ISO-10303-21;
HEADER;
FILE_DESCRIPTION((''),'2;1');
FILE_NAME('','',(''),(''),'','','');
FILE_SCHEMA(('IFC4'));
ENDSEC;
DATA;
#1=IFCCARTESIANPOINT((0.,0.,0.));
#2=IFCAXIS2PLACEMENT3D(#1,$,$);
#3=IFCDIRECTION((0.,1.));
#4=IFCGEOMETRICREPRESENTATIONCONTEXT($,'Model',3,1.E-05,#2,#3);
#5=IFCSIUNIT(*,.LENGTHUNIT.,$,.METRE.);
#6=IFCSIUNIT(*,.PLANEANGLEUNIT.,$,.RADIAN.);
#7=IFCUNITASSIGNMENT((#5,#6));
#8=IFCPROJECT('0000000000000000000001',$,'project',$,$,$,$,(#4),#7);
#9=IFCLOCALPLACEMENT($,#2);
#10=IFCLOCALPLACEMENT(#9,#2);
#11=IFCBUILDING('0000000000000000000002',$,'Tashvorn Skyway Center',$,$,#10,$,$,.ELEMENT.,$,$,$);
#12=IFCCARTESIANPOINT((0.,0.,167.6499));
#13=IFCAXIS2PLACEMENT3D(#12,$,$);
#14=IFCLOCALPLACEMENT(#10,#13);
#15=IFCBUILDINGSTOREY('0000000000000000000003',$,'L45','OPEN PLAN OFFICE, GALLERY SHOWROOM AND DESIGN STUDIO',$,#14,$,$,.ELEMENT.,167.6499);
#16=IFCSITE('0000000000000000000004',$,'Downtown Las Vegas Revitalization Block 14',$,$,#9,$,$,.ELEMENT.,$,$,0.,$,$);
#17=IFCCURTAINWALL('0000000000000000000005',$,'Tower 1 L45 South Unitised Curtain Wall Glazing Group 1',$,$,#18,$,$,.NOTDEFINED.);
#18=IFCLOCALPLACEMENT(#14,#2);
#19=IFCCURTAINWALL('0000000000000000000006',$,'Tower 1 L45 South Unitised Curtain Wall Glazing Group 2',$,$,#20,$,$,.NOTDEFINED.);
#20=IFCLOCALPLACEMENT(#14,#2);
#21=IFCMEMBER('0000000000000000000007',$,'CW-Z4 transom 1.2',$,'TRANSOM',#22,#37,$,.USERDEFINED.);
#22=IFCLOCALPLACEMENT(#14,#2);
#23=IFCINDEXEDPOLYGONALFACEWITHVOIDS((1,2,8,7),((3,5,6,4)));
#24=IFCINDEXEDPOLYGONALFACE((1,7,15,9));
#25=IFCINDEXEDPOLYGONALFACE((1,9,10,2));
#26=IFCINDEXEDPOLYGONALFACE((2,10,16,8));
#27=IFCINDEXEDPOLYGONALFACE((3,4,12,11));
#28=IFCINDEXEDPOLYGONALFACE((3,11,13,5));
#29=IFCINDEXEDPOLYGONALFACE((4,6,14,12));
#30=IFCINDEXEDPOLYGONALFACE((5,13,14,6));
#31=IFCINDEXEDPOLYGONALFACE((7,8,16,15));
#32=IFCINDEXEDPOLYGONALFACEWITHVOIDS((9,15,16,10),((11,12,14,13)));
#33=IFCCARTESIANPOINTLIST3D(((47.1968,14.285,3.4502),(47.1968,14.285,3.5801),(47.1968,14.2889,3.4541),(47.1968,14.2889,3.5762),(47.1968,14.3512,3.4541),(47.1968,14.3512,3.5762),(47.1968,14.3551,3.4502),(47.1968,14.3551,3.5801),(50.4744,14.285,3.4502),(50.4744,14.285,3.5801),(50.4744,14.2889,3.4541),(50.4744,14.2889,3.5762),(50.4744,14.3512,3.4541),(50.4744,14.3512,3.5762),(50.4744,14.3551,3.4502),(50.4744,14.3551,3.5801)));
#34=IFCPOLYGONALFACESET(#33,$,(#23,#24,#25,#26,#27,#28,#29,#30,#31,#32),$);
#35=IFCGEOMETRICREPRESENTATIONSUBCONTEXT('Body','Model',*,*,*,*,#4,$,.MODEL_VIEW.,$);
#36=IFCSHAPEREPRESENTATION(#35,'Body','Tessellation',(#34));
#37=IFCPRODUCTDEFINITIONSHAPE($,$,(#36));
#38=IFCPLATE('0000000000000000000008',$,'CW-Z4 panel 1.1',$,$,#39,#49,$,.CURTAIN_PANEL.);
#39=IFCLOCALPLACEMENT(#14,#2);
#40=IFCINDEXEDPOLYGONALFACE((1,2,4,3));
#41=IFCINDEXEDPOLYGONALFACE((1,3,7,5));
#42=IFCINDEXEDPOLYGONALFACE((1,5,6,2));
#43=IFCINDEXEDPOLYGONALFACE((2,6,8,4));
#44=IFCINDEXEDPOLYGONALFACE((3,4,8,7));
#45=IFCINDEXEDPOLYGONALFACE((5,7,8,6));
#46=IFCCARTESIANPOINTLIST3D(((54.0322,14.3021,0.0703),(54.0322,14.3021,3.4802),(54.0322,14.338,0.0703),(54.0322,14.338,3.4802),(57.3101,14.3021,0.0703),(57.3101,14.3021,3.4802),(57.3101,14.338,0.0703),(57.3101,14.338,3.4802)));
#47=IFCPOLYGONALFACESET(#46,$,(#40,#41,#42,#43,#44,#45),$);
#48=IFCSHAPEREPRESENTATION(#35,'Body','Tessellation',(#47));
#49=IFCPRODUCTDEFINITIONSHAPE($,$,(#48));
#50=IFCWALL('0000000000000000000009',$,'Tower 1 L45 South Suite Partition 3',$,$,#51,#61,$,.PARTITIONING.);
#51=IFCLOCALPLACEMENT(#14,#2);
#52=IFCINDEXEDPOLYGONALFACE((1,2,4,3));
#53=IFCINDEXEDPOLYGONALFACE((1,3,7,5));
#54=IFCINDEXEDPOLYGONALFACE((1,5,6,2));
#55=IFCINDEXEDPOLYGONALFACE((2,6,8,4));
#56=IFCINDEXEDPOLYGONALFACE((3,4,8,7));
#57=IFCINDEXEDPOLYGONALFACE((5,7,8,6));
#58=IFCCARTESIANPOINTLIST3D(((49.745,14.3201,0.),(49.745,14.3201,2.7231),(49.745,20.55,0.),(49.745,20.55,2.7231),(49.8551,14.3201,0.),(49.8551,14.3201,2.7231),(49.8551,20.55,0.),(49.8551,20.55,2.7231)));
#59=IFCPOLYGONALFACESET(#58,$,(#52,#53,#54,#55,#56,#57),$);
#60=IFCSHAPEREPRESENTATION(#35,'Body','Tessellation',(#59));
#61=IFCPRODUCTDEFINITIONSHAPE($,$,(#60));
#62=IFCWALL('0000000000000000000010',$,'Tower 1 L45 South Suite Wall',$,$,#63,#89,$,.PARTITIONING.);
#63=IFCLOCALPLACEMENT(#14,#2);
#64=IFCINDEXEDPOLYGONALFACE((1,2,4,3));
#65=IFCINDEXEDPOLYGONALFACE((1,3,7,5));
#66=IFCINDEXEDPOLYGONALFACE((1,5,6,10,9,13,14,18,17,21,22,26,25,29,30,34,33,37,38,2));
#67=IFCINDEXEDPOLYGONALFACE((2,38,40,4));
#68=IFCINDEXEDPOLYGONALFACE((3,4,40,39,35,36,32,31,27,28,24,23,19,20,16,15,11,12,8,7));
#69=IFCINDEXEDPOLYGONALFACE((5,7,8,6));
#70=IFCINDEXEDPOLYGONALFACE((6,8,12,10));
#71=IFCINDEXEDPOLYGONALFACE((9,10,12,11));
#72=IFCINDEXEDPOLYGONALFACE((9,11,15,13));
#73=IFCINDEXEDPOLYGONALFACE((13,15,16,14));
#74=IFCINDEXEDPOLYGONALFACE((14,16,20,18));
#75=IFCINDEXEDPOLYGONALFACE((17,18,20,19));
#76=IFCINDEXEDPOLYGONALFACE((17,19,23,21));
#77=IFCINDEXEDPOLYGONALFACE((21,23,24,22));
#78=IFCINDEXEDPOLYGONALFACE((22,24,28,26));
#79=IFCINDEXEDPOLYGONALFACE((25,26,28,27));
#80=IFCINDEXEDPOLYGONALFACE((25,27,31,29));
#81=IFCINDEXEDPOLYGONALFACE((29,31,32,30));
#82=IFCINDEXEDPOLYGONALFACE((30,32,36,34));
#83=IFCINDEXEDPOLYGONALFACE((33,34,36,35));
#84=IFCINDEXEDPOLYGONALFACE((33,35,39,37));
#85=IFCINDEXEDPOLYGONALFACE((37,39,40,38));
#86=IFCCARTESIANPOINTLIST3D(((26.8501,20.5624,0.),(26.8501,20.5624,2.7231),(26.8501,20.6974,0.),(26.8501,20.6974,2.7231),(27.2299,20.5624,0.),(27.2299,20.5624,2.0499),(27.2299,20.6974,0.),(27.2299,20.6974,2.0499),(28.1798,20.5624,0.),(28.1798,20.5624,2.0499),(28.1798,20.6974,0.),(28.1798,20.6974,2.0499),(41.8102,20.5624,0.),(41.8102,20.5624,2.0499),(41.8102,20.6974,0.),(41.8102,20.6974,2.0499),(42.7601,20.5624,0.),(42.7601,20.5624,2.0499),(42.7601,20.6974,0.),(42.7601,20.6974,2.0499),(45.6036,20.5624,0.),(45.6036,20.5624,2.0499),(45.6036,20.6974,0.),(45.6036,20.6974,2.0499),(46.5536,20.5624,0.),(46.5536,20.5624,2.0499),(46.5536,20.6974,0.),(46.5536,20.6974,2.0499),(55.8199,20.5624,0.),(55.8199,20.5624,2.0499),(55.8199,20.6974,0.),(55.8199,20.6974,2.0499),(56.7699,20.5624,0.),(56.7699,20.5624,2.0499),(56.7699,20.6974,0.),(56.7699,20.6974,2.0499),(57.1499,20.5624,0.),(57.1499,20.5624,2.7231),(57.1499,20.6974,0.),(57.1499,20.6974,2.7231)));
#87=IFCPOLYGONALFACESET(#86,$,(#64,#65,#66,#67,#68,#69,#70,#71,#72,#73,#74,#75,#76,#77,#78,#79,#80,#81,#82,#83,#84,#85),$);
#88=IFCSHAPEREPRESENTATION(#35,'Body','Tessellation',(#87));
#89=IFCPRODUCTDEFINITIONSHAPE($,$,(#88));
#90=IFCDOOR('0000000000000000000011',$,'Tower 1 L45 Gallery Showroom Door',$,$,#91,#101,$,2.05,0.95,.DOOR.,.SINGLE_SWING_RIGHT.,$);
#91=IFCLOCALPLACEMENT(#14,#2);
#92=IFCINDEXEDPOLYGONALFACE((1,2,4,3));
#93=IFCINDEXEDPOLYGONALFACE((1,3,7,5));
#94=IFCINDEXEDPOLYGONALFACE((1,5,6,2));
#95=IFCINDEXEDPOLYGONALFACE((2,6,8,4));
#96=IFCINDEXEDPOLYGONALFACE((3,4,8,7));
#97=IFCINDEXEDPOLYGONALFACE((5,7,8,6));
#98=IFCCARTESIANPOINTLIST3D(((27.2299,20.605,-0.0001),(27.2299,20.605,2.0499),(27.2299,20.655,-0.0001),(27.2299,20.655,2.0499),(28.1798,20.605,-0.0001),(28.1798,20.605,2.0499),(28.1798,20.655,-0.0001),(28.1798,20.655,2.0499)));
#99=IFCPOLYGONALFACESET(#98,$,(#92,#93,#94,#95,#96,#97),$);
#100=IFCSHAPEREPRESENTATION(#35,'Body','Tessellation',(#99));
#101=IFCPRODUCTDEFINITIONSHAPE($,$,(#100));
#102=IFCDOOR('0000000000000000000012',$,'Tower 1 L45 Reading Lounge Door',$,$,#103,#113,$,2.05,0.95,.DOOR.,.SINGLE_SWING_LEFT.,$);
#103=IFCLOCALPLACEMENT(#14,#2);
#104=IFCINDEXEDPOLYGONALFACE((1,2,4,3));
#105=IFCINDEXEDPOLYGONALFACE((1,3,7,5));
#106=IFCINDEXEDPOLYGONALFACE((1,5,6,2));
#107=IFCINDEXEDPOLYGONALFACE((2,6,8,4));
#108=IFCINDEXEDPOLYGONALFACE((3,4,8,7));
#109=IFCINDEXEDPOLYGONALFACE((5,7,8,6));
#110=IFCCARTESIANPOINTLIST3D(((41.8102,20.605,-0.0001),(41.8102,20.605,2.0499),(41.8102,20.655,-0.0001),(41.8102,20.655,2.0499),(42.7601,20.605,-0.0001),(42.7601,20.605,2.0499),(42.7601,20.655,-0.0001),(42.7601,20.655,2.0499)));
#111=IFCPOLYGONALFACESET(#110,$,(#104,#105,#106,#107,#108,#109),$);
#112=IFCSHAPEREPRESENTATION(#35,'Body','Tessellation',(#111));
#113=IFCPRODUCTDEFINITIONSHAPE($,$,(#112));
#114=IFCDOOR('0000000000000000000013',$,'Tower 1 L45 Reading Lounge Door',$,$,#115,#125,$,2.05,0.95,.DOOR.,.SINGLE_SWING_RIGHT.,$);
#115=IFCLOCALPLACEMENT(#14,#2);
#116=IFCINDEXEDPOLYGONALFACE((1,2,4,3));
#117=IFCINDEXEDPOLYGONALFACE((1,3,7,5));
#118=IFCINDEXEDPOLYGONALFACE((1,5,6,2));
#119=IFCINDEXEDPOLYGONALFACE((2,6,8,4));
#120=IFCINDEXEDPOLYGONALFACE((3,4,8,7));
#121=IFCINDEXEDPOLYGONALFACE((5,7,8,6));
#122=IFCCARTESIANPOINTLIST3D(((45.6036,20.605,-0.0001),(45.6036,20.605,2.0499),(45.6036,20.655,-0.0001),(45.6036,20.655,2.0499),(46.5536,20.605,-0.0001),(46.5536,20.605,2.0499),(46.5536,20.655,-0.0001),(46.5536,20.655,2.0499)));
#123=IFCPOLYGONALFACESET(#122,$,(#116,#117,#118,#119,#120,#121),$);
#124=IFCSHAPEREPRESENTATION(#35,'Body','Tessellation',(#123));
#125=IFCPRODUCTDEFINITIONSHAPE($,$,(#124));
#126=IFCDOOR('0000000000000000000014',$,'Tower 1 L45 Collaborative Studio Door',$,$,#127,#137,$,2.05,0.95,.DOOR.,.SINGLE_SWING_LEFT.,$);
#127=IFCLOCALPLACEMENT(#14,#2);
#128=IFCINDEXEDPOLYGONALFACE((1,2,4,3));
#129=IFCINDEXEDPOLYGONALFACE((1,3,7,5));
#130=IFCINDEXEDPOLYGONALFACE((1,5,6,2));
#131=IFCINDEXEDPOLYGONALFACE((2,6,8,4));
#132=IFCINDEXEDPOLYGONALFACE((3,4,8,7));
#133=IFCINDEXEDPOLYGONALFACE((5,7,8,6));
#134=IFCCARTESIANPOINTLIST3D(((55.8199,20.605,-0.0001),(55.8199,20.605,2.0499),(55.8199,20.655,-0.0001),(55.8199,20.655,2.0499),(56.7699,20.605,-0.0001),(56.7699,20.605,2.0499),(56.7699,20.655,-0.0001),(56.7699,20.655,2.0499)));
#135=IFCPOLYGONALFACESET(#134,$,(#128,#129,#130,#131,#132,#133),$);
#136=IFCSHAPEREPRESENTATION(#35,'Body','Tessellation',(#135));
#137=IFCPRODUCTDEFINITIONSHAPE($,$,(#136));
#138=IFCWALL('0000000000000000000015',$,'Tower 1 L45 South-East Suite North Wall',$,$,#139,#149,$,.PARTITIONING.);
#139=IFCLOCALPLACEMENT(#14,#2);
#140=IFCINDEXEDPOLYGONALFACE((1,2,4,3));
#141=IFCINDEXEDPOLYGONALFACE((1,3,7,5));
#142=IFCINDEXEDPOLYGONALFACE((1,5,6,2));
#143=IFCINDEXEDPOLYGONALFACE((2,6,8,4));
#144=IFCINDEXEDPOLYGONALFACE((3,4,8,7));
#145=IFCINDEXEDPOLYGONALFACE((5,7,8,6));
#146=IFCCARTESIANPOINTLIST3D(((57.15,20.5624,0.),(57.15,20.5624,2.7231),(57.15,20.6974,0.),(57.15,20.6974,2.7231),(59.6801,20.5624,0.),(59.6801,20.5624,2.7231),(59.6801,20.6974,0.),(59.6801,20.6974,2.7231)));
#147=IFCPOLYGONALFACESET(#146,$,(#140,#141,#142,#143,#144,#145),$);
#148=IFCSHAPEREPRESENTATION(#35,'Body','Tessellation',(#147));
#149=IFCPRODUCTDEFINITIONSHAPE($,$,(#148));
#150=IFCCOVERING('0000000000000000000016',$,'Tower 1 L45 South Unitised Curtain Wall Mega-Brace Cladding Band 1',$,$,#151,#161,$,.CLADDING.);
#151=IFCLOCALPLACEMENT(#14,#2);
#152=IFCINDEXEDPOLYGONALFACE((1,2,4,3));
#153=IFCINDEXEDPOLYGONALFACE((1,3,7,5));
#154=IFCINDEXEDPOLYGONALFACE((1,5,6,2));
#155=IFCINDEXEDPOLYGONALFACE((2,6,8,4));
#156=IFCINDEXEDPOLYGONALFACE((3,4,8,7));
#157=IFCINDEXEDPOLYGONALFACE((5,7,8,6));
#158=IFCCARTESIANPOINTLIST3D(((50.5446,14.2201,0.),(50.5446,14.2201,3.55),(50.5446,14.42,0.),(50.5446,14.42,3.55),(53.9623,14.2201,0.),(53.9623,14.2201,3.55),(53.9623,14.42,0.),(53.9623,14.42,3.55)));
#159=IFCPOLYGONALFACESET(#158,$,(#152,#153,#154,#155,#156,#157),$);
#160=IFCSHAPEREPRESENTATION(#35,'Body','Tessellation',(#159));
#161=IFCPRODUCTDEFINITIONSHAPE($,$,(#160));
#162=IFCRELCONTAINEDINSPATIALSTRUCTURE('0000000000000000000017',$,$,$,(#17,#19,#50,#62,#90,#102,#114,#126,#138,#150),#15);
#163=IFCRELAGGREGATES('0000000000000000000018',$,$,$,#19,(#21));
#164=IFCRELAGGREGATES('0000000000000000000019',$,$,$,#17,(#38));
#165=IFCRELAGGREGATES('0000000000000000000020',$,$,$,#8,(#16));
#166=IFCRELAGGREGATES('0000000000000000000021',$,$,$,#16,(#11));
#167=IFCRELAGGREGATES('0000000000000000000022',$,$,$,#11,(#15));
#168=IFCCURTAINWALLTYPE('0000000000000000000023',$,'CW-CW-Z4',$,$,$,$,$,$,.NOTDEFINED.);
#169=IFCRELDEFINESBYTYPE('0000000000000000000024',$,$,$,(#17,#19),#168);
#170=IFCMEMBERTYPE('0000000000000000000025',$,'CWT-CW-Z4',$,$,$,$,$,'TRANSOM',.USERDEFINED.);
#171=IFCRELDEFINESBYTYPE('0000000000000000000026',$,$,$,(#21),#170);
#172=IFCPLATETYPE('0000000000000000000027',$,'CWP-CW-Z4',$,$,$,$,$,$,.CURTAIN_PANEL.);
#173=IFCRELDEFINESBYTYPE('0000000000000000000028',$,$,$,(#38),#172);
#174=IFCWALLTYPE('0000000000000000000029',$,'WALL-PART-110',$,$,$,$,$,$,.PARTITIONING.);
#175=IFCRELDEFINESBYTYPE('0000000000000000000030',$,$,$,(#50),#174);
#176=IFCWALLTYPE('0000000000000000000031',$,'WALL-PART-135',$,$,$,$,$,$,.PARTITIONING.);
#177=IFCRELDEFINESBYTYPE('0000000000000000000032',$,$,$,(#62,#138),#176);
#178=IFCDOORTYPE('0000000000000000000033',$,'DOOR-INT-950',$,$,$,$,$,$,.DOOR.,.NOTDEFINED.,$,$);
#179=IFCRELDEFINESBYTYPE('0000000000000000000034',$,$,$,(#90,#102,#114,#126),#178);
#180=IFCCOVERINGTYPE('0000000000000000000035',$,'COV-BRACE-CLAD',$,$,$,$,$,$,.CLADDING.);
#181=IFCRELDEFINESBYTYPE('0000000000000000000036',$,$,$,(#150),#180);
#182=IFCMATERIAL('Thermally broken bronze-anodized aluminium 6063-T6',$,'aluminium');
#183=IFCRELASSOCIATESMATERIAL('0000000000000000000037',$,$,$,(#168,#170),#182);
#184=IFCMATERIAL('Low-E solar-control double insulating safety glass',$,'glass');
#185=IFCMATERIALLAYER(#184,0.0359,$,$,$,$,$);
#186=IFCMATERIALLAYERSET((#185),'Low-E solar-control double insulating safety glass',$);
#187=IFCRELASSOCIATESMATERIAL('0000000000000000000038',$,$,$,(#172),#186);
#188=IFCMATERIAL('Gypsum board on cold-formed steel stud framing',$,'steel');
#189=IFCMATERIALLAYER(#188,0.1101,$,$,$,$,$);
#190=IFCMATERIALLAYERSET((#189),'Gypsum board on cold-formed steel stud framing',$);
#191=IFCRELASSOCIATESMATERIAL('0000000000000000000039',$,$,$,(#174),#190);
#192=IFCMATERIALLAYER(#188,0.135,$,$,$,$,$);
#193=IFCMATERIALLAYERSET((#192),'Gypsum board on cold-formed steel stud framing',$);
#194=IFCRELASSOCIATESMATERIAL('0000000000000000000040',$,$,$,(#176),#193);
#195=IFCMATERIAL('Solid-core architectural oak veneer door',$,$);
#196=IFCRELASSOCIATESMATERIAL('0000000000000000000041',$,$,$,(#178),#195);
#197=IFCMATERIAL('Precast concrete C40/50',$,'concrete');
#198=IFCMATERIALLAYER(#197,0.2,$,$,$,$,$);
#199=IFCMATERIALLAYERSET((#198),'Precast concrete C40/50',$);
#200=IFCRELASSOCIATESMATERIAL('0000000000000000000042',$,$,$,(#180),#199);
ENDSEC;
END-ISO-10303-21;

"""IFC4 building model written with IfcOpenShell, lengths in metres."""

from ifc_helpers import new_model, si_unit, direction, frame, frame_2d, origin, origin_2d, place, context, subcontext, project, spatial, rectangle, hollow_rectangle, extrude, material, layer, layer_set, material_profile, profile_set, type_object, element, fill, aggregate, save


model = new_model("IFC4")

# Units and contexts
model_context = context("Model", 3, precision=1e-05, world=origin(), true_north=direction((0.0, 1.0)))
body_context = subcontext(model_context, "Body", "Model", "MODEL_VIEW")
ifc_project = project(units=[si_unit("LENGTHUNIT", "METRE"), si_unit("PLANEANGLEUNIT", "RADIAN")], contexts=[model_context])

# Site, building, storey
site_placement = place(None, origin())
site = spatial("IfcSite", under=ifc_project, at=site_placement, Name="Downtown Las Vegas Revitalization Block 14", CompositionType="ELEMENT", RefElevation=0.0)
building_placement = place(site_placement, origin())
building = spatial("IfcBuilding", under=site, at=building_placement, Name="Tashvorn Skyway Center", CompositionType="ELEMENT")
storey_placement = place(building_placement, frame((0.0, 0.0, 167.6499)))
storey = spatial("IfcBuildingStorey", under=building, at=storey_placement, Name="L45", Description="OPEN PLAN OFFICE, GALLERY SHOWROOM AND DESIGN STUDIO", CompositionType="ELEMENT", Elevation=167.6499)

# Curtain wall
ifc_material_1 = material(Name="Thermally broken bronze-anodized aluminium 6063-T6", Category="aluminium")
curtain_wall_type = type_object("IfcCurtainWallType", Name="CW-CW-Z4", PredefinedType="NOTDEFINED", material=ifc_material_1)
curtain_wall_1_placement = place(storey_placement, origin())
curtain_wall_1 = element("IfcCurtainWall", 1, at=curtain_wall_1_placement, inside=storey, type_object=curtain_wall_type, Name="Tower 1 L45 South Unitised Curtain Wall Glazing Group 1", PredefinedType="NOTDEFINED")

# Curtain wall
curtain_wall_2_placement = place(storey_placement, origin())
curtain_wall_2 = element("IfcCurtainWall", 2, at=curtain_wall_2_placement, inside=storey, type_object=curtain_wall_type, Name="Tower 1 L45 South Unitised Curtain Wall Glazing Group 2", PredefinedType="NOTDEFINED")

# Member
ifc_material_profile_1 = material_profile(ifc_material_1, hollow_rectangle(XDim=0.0701, YDim=0.1299, WallThickness=0.0039, at=origin_2d()), Name="ALU-TRAN-70x130")
ifc_profile_set_1 = profile_set([ifc_material_profile_1], Name="Thermally broken bronze-anodized aluminium 6063-T6")
member_type_1 = type_object("IfcMemberType", Name="CWT-CW-Z4", ElementType="TRANSOM", PredefinedType="USERDEFINED", material=ifc_profile_set_1)
member_1_placement = place(storey_placement, frame((50.4744, 14.3201, 3.5151), z_axis=(-1.0, 0.0, 0.0), x_axis=(0.0, -1.0, 0.0)))
member_1 = element("IfcMember", 3, at=member_1_placement, type_object=member_type_1, Name="CW-Z4 transom 1.2", ObjectType="TRANSOM", PredefinedType="USERDEFINED", context=body_context, shape_type="SweptSolid", body=[
    extrude(hollow_rectangle(XDim=0.0701, YDim=0.1299, WallThickness=0.0039, at=origin_2d()), origin(), (0.0, 0.0, 1.0), 3.2776),
])
aggregate(curtain_wall_2, [member_1])

# Plate
ifc_material_2 = material(Name="Low-E solar-control double insulating safety glass", Category="glass")
ifc_layer_1 = layer(ifc_material_2, 0.0359)
ifc_layer_set_1 = layer_set([ifc_layer_1], Name="Low-E solar-control double insulating safety glass")
plate_type = type_object("IfcPlateType", Name="CWP-CW-Z4", PredefinedType="CURTAIN_PANEL", material=ifc_layer_set_1)
plate_placement = place(storey_placement, frame((55.6711, 14.3201, 0.0703), z_axis=(0.0, 0.0, 1.0), x_axis=(-1.0, 0.0, 0.0)))
plate = element("IfcPlate", 4, at=plate_placement, type_object=plate_type, Name="CW-Z4 panel 1.1", PredefinedType="CURTAIN_PANEL", context=body_context, shape_type="SweptSolid", body=[
    extrude(rectangle(XDim=3.2778, YDim=0.0359, at=origin_2d()), origin(), (0.0, 0.0, 1.0), 3.4099),
])
aggregate(curtain_wall_1, [plate])

# Wall
ifc_material_3 = material(Name="Gypsum board on cold-formed steel stud framing", Category="steel")
ifc_layer_2 = layer(ifc_material_3, 0.1101)
ifc_layer_set_2 = layer_set([ifc_layer_2], Name="Gypsum board on cold-formed steel stud framing")
wall_type_1 = type_object("IfcWallType", Name="WALL-PART-110", PredefinedType="PARTITIONING", material=ifc_layer_set_2)
wall_1_placement = place(storey_placement, frame((49.8, 14.3201, 0.0), z_axis=(0.0, 0.0, 1.0), x_axis=(0.0, 1.0, 0.0)))
element("IfcWall", 5, at=wall_1_placement, inside=storey, type_object=wall_type_1, Name="Tower 1 L45 South Suite Partition 3", PredefinedType="PARTITIONING", context=body_context, shape_type="SweptSolid", body=[
    extrude(rectangle(XDim=6.23, YDim=0.1101, at=frame_2d((3.115, 0.0))), origin(), (0.0, 0.0, 1.0), 2.7231),
])

# Wall, openings, doors
ifc_layer_3 = layer(ifc_material_3, 0.135)
ifc_layer_set_3 = layer_set([ifc_layer_3], Name="Gypsum board on cold-formed steel stud framing")
wall_type_2 = type_object("IfcWallType", Name="WALL-PART-135", PredefinedType="PARTITIONING", material=ifc_layer_set_3)
wall_2_placement = place(storey_placement, frame((57.1499, 20.6299, 0.0), z_axis=(0.0, 0.0, 1.0), x_axis=(-1.0, 0.0, 0.0)))
wall_2 = element("IfcWall", 6, at=wall_2_placement, inside=storey, type_object=wall_type_2, Name="Tower 1 L45 South Suite Wall", PredefinedType="PARTITIONING", context=body_context, shape_type="SweptSolid", body=[
    extrude(rectangle(XDim=30.2998, YDim=0.135, at=frame_2d((15.1499, 0.0))), origin(), (0.0, 0.0, 1.0), 2.7231),
])
opening_1_placement = place(wall_2_placement, frame((28.97, 0.0, 0.0)))
opening_1 = element("IfcOpeningElement", 7, at=opening_1_placement, cuts=wall_2, PredefinedType="OPENING", context=body_context, shape_type="SweptSolid", body=[
    extrude(rectangle(XDim=0.95, YDim=2.05, at=frame_2d((0.4751, 1.0249))), frame((0.0, 0.0774, 0.0), z_axis=(0.0, -1.0, 0.0), x_axis=(1.0, 0.0, 0.0)), (0.0, 0.0, 1.0), 0.155),
])
opening_2_placement = place(wall_2_placement, frame((14.3896, 0.0, 0.0)))
opening_2 = element("IfcOpeningElement", 8, at=opening_2_placement, cuts=wall_2, PredefinedType="OPENING", context=body_context, shape_type="SweptSolid", body=[
    extrude(rectangle(XDim=0.95, YDim=2.05, at=frame_2d((0.4751, 1.0249))), frame((0.0, 0.0774, 0.0), z_axis=(0.0, -1.0, 0.0), x_axis=(1.0, 0.0, 0.0)), (0.0, 0.0, 1.0), 0.155),
])
opening_3_placement = place(wall_2_placement, frame((10.5962, 0.0, 0.0)))
opening_3 = element("IfcOpeningElement", 9, at=opening_3_placement, cuts=wall_2, PredefinedType="OPENING", context=body_context, shape_type="SweptSolid", body=[
    extrude(rectangle(XDim=0.95, YDim=2.05, at=frame_2d((0.4751, 1.0249))), frame((0.0, 0.0774, 0.0), z_axis=(0.0, -1.0, 0.0), x_axis=(1.0, 0.0, 0.0)), (0.0, 0.0, 1.0), 0.155),
])
opening_4_placement = place(wall_2_placement, frame((0.3799, 0.0, 0.0)))
opening_4 = element("IfcOpeningElement", 10, at=opening_4_placement, cuts=wall_2, PredefinedType="OPENING", context=body_context, shape_type="SweptSolid", body=[
    extrude(rectangle(XDim=0.95, YDim=2.05, at=frame_2d((0.4751, 1.0249))), frame((0.0, 0.0774, 0.0), z_axis=(0.0, -1.0, 0.0), x_axis=(1.0, 0.0, 0.0)), (0.0, 0.0, 1.0), 0.155),
])
ifc_material_4 = material(Name="Solid-core architectural oak veneer door")
door_type = type_object("IfcDoorType", Name="DOOR-INT-950", OperationType="NOTDEFINED", PredefinedType="DOOR", material=ifc_material_4)
door_1_placement = place(opening_1_placement, origin())
door_1 = element("IfcDoor", 11, at=door_1_placement, inside=storey, type_object=door_type, Name="Tower 1 L45 Gallery Showroom Door", OperationType="SINGLE_SWING_RIGHT", OverallHeight=2.05, OverallWidth=0.95, PredefinedType="DOOR", context=body_context, shape_type="SweptSolid", body=[
    extrude(rectangle(XDim=0.95, YDim=2.05, at=frame_2d((0.4751, 1.0249))), frame((0.0, 0.0249, 0.0), z_axis=(0.0, -1.0, 0.0), x_axis=(1.0, 0.0, 0.0)), (0.0, 0.0, 1.0), 0.05),
])
fill(opening_1, door_1)
door_2_placement = place(opening_2_placement, origin())
door_2 = element("IfcDoor", 12, at=door_2_placement, inside=storey, type_object=door_type, Name="Tower 1 L45 Reading Lounge Door", OperationType="SINGLE_SWING_LEFT", OverallHeight=2.05, OverallWidth=0.95, PredefinedType="DOOR", context=body_context, shape_type="SweptSolid", body=[
    extrude(rectangle(XDim=0.95, YDim=2.05, at=frame_2d((0.4751, 1.0249))), frame((0.0, 0.0249, 0.0), z_axis=(0.0, -1.0, 0.0), x_axis=(1.0, 0.0, 0.0)), (0.0, 0.0, 1.0), 0.05),
])
fill(opening_2, door_2)
door_3_placement = place(opening_3_placement, origin())
door_3 = element("IfcDoor", 13, at=door_3_placement, inside=storey, type_object=door_type, Name="Tower 1 L45 Reading Lounge Door", OperationType="SINGLE_SWING_RIGHT", OverallHeight=2.05, OverallWidth=0.95, PredefinedType="DOOR", context=body_context, shape_type="SweptSolid", body=[
    extrude(rectangle(XDim=0.95, YDim=2.05, at=frame_2d((0.4751, 1.0249))), frame((0.0, 0.0249, 0.0), z_axis=(0.0, -1.0, 0.0), x_axis=(1.0, 0.0, 0.0)), (0.0, 0.0, 1.0), 0.05),
])
fill(opening_3, door_3)
door_4_placement = place(opening_4_placement, origin())
door_4 = element("IfcDoor", 14, at=door_4_placement, inside=storey, type_object=door_type, Name="Tower 1 L45 Collaborative Studio Door", OperationType="SINGLE_SWING_LEFT", OverallHeight=2.05, OverallWidth=0.95, PredefinedType="DOOR", context=body_context, shape_type="SweptSolid", body=[
    extrude(rectangle(XDim=0.95, YDim=2.05, at=frame_2d((0.4751, 1.0249))), frame((0.0, 0.0249, 0.0), z_axis=(0.0, -1.0, 0.0), x_axis=(1.0, 0.0, 0.0)), (0.0, 0.0, 1.0), 0.05),
])
fill(opening_4, door_4)

# Wall
wall_3_placement = place(storey_placement, frame((57.1499, 20.6299, 0.0), z_axis=(0.0, 0.0, 1.0), x_axis=(1.0, 0.0, 0.0)))
element("IfcWall", 15, at=wall_3_placement, inside=storey, type_object=wall_type_2, Name="Tower 1 L45 South-East Suite North Wall", PredefinedType="PARTITIONING", context=body_context, shape_type="SweptSolid", body=[
    extrude(rectangle(XDim=2.53, YDim=0.135, at=frame_2d((1.2651, 0.0))), origin(), (0.0, 0.0, 1.0), 2.7231),
])

# Covering
ifc_material_5 = material(Name="Precast concrete C40/50", Category="concrete")
ifc_layer_4 = layer(ifc_material_5, 0.2)
ifc_layer_set_4 = layer_set([ifc_layer_4], Name="Precast concrete C40/50")
covering_type_1 = type_object("IfcCoveringType", Name="COV-BRACE-CLAD", PredefinedType="CLADDING", material=ifc_layer_set_4)
covering_1_placement = place(storey_placement, frame((52.2534, 14.3201, 0.0), z_axis=(0.0, 0.0, 1.0), x_axis=(-1.0, 0.0, 0.0)))
element("IfcCovering", 16, at=covering_1_placement, inside=storey, type_object=covering_type_1, Name="Tower 1 L45 South Unitised Curtain Wall Mega-Brace Cladding Band 1", PredefinedType="CLADDING", context=body_context, shape_type="SweptSolid", body=[
    extrude(rectangle(XDim=3.4177, YDim=0.2, at=origin_2d()), origin(), (0.0, 0.0, 1.0), 3.55),
])

save(model, "model.ifc")
